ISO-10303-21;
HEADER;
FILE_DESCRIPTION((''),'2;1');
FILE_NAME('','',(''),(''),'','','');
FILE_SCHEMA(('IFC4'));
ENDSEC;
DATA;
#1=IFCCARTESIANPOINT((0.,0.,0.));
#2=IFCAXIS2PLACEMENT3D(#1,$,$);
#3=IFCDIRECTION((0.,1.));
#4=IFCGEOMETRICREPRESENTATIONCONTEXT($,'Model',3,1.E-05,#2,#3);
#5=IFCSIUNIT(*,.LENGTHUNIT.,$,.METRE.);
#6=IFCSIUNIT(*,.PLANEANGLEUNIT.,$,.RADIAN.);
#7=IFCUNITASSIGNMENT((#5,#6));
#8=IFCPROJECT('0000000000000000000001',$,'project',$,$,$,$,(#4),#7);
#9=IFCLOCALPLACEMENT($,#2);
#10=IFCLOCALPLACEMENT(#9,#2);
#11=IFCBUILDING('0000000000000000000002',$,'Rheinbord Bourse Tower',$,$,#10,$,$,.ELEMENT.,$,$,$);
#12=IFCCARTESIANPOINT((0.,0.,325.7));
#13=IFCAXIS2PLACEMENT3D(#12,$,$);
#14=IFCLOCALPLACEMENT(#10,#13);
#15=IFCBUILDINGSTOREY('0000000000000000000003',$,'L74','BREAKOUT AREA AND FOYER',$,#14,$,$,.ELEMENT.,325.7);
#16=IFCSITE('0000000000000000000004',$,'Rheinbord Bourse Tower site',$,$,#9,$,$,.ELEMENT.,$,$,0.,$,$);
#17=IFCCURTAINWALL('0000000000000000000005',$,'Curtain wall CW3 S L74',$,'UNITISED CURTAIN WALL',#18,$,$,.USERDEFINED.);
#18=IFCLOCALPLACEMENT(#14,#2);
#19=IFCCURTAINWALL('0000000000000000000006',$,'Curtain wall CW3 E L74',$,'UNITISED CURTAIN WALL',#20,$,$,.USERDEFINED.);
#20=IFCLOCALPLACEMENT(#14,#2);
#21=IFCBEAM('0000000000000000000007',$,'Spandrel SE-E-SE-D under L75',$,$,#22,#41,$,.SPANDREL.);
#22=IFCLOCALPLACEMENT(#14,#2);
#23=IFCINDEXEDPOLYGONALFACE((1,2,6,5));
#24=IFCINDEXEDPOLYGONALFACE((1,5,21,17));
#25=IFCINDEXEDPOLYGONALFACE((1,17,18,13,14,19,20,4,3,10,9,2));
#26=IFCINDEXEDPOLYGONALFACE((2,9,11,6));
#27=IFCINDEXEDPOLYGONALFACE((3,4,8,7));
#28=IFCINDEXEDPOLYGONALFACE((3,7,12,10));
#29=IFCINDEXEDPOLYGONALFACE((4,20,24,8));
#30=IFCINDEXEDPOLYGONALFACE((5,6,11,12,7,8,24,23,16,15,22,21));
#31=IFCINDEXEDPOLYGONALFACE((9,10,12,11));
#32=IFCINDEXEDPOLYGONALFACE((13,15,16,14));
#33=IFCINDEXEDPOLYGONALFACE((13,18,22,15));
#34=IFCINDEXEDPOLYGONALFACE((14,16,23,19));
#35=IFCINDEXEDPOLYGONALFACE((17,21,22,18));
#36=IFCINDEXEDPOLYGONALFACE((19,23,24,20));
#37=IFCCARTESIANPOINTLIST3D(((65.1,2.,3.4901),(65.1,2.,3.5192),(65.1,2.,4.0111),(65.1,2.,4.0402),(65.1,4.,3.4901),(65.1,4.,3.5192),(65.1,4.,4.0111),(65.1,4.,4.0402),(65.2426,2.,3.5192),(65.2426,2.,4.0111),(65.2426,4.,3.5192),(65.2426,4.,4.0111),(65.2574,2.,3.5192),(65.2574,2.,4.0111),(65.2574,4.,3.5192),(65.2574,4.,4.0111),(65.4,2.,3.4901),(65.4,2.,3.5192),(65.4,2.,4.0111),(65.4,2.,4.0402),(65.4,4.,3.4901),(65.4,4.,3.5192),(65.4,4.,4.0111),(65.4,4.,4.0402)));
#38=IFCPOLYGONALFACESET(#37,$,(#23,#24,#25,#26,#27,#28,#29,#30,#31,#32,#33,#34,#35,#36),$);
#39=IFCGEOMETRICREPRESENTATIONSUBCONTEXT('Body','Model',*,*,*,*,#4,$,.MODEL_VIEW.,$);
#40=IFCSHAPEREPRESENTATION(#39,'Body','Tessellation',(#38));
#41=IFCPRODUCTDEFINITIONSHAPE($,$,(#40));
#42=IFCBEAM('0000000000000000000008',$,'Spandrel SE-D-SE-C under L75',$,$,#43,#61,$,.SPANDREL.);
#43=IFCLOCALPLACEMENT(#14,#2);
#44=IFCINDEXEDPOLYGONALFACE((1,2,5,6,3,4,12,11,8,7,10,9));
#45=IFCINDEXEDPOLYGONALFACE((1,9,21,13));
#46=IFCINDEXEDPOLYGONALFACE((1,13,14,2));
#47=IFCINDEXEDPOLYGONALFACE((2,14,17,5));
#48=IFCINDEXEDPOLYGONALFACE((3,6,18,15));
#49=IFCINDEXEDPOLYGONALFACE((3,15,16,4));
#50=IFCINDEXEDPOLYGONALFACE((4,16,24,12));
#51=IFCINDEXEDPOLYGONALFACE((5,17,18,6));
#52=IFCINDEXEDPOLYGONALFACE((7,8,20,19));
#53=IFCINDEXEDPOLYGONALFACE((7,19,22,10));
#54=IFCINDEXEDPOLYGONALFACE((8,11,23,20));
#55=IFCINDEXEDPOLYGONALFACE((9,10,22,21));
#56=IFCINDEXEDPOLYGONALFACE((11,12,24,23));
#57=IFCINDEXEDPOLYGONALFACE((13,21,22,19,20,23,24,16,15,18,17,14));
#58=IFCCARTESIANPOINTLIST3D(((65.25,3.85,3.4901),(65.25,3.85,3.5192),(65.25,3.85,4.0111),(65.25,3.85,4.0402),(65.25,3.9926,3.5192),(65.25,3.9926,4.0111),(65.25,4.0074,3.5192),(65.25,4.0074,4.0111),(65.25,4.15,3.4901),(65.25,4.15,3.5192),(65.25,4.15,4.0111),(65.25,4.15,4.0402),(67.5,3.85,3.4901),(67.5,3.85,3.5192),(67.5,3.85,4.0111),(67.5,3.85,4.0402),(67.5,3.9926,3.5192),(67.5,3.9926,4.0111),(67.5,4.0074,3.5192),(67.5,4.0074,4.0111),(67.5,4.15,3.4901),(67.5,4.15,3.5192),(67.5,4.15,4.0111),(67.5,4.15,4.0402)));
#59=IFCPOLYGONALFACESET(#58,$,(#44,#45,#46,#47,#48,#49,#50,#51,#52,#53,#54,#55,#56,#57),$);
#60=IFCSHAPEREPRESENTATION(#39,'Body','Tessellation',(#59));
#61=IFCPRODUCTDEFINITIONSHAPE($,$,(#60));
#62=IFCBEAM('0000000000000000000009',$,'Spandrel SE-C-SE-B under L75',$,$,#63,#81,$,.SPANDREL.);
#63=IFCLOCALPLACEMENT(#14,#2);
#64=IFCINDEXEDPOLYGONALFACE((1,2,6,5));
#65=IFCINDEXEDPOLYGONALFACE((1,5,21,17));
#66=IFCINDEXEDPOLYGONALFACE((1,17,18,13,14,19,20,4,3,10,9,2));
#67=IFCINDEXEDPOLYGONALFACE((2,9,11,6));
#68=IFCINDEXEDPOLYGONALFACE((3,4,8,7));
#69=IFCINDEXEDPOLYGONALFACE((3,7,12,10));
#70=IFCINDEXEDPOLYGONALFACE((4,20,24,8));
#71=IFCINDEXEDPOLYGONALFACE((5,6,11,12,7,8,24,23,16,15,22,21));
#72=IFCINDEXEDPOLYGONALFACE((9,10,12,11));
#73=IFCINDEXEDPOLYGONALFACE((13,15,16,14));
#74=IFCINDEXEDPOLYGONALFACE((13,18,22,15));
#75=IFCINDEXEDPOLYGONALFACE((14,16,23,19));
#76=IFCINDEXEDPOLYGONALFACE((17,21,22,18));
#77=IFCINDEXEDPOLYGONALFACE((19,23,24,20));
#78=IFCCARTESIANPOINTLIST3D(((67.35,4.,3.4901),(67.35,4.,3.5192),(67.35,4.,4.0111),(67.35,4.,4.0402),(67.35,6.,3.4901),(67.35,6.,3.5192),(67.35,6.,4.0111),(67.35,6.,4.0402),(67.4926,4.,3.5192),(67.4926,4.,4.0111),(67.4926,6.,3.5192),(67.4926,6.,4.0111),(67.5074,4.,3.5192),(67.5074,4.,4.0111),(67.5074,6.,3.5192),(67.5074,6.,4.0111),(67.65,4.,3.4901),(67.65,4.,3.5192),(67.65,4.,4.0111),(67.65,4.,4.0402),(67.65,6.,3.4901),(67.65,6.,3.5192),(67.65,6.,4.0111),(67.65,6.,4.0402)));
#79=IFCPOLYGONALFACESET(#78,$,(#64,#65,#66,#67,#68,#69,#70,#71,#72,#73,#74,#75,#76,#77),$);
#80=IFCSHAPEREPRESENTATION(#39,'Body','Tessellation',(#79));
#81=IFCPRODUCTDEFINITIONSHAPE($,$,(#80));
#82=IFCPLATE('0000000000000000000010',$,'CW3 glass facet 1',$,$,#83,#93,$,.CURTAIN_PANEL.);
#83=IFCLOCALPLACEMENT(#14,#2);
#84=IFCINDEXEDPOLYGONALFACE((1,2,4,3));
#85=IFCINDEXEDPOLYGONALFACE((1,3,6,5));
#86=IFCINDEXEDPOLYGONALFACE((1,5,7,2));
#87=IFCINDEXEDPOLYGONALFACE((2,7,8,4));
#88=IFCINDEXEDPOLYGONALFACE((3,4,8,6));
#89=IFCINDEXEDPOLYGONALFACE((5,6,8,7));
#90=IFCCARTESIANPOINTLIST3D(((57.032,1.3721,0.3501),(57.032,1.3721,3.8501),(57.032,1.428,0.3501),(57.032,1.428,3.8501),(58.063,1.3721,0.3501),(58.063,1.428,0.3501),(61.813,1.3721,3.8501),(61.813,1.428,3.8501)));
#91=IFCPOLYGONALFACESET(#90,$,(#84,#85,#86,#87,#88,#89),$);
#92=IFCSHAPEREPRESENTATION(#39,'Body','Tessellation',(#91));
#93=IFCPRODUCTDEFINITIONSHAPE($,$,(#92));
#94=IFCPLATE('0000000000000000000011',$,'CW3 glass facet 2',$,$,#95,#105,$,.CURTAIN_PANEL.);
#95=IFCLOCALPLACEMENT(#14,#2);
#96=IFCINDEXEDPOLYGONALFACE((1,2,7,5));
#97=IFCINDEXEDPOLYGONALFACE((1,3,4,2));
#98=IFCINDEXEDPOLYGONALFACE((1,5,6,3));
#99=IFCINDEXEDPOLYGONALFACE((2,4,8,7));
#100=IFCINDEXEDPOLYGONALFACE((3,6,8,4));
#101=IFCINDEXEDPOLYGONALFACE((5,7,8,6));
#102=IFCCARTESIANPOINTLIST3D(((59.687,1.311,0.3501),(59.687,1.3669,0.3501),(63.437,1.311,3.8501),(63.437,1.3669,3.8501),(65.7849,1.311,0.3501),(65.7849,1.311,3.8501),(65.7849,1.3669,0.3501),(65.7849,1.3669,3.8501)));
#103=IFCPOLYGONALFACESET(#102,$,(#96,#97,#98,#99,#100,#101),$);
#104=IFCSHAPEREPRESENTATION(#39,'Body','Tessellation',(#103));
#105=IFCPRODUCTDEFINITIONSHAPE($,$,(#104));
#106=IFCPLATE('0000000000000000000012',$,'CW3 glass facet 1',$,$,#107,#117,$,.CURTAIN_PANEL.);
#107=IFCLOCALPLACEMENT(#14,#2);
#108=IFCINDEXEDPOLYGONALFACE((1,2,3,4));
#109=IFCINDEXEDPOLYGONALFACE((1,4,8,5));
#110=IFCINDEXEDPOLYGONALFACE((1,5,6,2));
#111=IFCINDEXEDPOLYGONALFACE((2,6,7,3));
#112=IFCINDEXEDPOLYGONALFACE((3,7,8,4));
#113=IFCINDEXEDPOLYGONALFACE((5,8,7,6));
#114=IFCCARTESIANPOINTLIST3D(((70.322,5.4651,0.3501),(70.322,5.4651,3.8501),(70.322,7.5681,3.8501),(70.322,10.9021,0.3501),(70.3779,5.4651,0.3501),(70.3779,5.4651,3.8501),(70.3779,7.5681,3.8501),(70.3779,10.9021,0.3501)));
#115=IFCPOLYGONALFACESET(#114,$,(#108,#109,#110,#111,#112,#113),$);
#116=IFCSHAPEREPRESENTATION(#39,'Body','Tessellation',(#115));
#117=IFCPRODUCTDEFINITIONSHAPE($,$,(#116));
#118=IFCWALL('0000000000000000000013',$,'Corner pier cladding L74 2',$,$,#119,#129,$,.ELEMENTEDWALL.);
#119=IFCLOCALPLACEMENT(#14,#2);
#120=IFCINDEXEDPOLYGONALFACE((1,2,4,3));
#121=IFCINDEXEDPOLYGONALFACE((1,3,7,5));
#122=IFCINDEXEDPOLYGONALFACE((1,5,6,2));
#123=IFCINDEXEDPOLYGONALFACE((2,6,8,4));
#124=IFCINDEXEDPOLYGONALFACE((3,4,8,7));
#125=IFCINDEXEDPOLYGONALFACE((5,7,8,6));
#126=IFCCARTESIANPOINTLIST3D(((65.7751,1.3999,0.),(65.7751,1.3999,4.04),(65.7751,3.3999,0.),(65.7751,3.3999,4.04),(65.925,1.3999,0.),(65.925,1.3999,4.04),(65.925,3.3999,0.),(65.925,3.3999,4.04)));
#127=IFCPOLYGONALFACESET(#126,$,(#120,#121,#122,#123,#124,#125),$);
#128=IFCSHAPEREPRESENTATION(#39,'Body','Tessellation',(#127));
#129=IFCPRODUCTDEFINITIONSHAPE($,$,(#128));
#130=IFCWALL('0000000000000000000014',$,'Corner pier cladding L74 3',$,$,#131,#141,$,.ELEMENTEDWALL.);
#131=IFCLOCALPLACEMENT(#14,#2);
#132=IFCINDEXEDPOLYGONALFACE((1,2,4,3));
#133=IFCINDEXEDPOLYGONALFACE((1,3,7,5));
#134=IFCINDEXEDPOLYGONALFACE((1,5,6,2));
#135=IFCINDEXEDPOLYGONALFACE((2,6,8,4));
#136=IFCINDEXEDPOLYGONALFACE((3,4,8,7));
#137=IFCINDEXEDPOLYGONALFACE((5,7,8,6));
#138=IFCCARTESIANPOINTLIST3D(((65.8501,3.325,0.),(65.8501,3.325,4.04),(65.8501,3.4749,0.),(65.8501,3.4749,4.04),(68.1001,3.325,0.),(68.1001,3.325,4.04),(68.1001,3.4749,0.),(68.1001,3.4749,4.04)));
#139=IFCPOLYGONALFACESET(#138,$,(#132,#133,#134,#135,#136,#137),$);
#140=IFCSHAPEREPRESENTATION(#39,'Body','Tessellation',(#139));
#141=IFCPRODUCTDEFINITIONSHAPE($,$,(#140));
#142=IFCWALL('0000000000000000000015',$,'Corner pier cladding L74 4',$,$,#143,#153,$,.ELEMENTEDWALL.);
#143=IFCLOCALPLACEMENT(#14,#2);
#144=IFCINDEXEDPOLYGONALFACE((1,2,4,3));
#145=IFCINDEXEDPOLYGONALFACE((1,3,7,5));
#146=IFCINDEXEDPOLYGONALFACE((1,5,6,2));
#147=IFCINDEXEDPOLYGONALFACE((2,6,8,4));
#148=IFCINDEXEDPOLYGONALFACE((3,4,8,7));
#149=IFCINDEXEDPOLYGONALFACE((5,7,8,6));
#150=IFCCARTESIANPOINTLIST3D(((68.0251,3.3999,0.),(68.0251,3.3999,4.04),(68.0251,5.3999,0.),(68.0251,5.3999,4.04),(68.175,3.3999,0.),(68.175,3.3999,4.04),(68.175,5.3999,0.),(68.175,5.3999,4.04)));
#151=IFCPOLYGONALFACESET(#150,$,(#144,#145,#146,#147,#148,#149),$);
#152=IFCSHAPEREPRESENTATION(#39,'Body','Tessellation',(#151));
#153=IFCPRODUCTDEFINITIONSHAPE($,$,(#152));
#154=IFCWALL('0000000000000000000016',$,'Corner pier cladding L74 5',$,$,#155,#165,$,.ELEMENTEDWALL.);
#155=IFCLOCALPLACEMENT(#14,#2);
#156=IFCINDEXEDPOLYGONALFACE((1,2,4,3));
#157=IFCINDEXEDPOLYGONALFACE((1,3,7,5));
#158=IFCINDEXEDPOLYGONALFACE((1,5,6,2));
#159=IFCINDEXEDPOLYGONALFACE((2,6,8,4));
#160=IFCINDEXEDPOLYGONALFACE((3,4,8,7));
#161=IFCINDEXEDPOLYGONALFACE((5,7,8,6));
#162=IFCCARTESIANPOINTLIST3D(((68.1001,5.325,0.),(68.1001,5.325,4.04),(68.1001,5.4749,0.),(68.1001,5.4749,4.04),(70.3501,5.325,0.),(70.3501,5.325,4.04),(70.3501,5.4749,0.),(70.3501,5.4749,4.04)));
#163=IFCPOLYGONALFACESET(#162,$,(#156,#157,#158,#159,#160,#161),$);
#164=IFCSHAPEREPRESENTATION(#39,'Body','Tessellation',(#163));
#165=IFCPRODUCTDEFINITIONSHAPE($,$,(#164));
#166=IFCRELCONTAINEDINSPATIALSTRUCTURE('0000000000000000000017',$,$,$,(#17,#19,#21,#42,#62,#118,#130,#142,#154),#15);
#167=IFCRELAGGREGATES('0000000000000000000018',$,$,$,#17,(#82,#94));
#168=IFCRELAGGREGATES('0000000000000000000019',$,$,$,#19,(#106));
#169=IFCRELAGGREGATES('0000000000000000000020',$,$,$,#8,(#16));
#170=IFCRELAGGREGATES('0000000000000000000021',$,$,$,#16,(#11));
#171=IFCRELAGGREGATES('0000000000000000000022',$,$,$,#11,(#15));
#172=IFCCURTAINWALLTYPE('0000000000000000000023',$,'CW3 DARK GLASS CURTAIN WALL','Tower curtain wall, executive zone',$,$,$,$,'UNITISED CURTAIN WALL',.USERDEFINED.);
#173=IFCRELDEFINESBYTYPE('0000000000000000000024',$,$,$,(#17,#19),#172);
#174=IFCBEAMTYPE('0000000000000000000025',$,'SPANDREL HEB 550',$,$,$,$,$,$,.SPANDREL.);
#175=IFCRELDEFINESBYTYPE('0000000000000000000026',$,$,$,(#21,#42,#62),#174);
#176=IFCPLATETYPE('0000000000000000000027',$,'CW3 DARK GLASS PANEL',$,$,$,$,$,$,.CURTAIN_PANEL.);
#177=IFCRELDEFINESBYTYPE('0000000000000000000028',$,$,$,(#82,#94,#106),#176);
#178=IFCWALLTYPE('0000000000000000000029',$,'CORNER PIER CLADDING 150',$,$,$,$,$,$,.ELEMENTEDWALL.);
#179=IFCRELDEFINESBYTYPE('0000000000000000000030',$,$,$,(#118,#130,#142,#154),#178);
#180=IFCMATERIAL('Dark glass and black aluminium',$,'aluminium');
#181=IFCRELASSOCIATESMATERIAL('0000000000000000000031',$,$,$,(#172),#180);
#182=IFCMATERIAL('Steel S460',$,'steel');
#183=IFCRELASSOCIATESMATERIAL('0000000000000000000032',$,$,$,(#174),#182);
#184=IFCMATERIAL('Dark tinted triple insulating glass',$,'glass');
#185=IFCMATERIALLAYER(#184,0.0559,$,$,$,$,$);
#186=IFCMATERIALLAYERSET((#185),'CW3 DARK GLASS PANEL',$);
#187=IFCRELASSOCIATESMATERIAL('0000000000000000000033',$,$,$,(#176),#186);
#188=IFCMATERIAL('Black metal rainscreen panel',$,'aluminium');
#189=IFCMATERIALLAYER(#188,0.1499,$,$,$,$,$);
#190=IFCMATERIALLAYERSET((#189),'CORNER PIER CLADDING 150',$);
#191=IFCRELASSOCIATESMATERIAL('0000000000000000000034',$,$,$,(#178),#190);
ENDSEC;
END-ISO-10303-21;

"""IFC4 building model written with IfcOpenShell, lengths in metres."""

from ifc_helpers import new_model, si_unit, direction, frame, frame_2d, origin, origin_2d, place, context, subcontext, project, spatial, polyline, rectangle, i_section, outline, extrude, material, layer, layer_set, material_profile, profile_set, type_object, element, aggregate, save


model = new_model("IFC4")

# Units and contexts
model_context = context("Model", 3, precision=1e-05, world=origin(), true_north=direction((0.0, 1.0)))
body_context = subcontext(model_context, "Body", "Model", "MODEL_VIEW")
ifc_project = project(units=[si_unit("LENGTHUNIT", "METRE"), si_unit("PLANEANGLEUNIT", "RADIAN")], contexts=[model_context])

# Site, building, storey
site_placement = place(None, origin())
site = spatial("IfcSite", under=ifc_project, at=site_placement, Name="Rheinbord Bourse Tower site", CompositionType="ELEMENT", RefElevation=0.0)
building_placement = place(site_placement, origin())
building = spatial("IfcBuilding", under=site, at=building_placement, Name="Rheinbord Bourse Tower", CompositionType="ELEMENT")
storey_placement = place(building_placement, frame((0.0, 0.0, 325.7)))
storey = spatial("IfcBuildingStorey", under=building, at=storey_placement, Name="L74", Description="BREAKOUT AREA AND FOYER", CompositionType="ELEMENT", Elevation=325.7)

# Curtain wall
ifc_material_1 = material(Name="Dark glass and black aluminium", Category="aluminium")
curtain_wall_type = type_object("IfcCurtainWallType", Name="CW3 DARK GLASS CURTAIN WALL", Description="Tower curtain wall, executive zone", ElementType="UNITISED CURTAIN WALL", PredefinedType="USERDEFINED", material=ifc_material_1)
curtain_wall_1_placement = place(storey_placement, origin())
curtain_wall_1 = element("IfcCurtainWall", 1, at=curtain_wall_1_placement, inside=storey, type_object=curtain_wall_type, Name="Curtain wall CW3 S L74", ObjectType="UNITISED CURTAIN WALL", PredefinedType="USERDEFINED")

# Curtain wall
curtain_wall_2_placement = place(storey_placement, origin())
curtain_wall_2 = element("IfcCurtainWall", 2, at=curtain_wall_2_placement, inside=storey, type_object=curtain_wall_type, Name="Curtain wall CW3 E L74", ObjectType="UNITISED CURTAIN WALL", PredefinedType="USERDEFINED")

# Beams
ifc_material_2 = material(Name="Steel S460", Category="steel")
ifc_material_profile_1 = material_profile(ifc_material_2, i_section(OverallWidth=0.3, OverallDepth=0.55, WebThickness=0.0149, FlangeThickness=0.0291, at=origin_2d()), Name="HEB 550")
ifc_profile_set_1 = profile_set([ifc_material_profile_1], Name="Steel S460")
beam_type_1 = type_object("IfcBeamType", Name="SPANDREL HEB 550", PredefinedType="SPANDREL", material=ifc_profile_set_1)
beam_1_placement = place(storey_placement, frame((65.25, 2.0, 3.7651), z_axis=(0.0, 1.0, 0.0), x_axis=(-1.0, 0.0, 0.0)))
element("IfcBeam", 3, at=beam_1_placement, inside=storey, type_object=beam_type_1, Name="Spandrel SE-E-SE-D under L75", PredefinedType="SPANDREL", context=body_context, shape_type="SweptSolid", body=[
    extrude(i_section(OverallWidth=0.3, OverallDepth=0.55, WebThickness=0.0149, FlangeThickness=0.0291, at=origin_2d()), origin(), (0.0, 0.0, 1.0), 2.0),
])
beam_2_placement = place(storey_placement, frame((65.25, 4.0, 3.7651), z_axis=(1.0, 0.0, 0.0), x_axis=(0.0, 1.0, 0.0)))
element("IfcBeam", 4, at=beam_2_placement, inside=storey, type_object=beam_type_1, Name="Spandrel SE-D-SE-C under L75", PredefinedType="SPANDREL", context=body_context, shape_type="SweptSolid", body=[
    extrude(i_section(OverallWidth=0.3, OverallDepth=0.55, WebThickness=0.0149, FlangeThickness=0.0291, at=origin_2d()), origin(), (0.0, 0.0, 1.0), 2.25),
])
beam_3_placement = place(storey_placement, frame((67.5, 4.0, 3.7651), z_axis=(0.0, 1.0, 0.0), x_axis=(-1.0, 0.0, 0.0)))
element("IfcBeam", 5, at=beam_3_placement, inside=storey, type_object=beam_type_1, Name="Spandrel SE-C-SE-B under L75", PredefinedType="SPANDREL", context=body_context, shape_type="SweptSolid", body=[
    extrude(i_section(OverallWidth=0.3, OverallDepth=0.55, WebThickness=0.0149, FlangeThickness=0.0291, at=origin_2d()), origin(), (0.0, 0.0, 1.0), 2.0),
])

# Plates
ifc_material_3 = material(Name="Dark tinted triple insulating glass", Category="glass")
ifc_layer_1 = layer(ifc_material_3, 0.0559)
ifc_layer_set_1 = layer_set([ifc_layer_1], Name="CW3 DARK GLASS PANEL")
plate_type = type_object("IfcPlateType", Name="CW3 DARK GLASS PANEL", PredefinedType="CURTAIN_PANEL", material=ifc_layer_set_1)
plate_1_placement = place(storey_placement, frame((57.032, 1.3721, 0.3501), z_axis=(0.0, 1.0, 0.0), x_axis=(0.0, 0.0, 1.0)))
plate_1 = element("IfcPlate", 6, at=plate_1_placement, type_object=plate_type, Name="CW3 glass facet 1", PredefinedType="CURTAIN_PANEL", context=body_context, shape_type="SweptSolid", body=[
    extrude(outline(polyline([(0.0, 0.0), (3.5, 0.0), (3.5, 4.781), (0.0, 1.031), (0.0, 0.0)])), origin(), (0.0, 0.0, 1.0), 0.0559),
])
plate_2_placement = place(storey_placement, frame((65.7849, 1.311, 3.8501), z_axis=(0.0, 1.0, 0.0), x_axis=(0.0, 0.0, -1.0)))
plate_2 = element("IfcPlate", 7, at=plate_2_placement, type_object=plate_type, Name="CW3 glass facet 2", PredefinedType="CURTAIN_PANEL", context=body_context, shape_type="SweptSolid", body=[
    extrude(outline(polyline([(0.0, 0.0), (3.5, 0.0), (3.5, 6.0979), (0.0, 2.3479), (0.0, 0.0)])), origin(), (0.0, 0.0, 1.0), 0.0559),
])
aggregate(curtain_wall_1, [plate_1, plate_2])
plate_3_placement = place(storey_placement, frame((70.3779, 5.4651, 0.3501), z_axis=(-1.0, 0.0, 0.0), x_axis=(0.0, 0.0, 1.0)))
plate_3 = element("IfcPlate", 8, at=plate_3_placement, type_object=plate_type, Name="CW3 glass facet 1", PredefinedType="CURTAIN_PANEL", context=body_context, shape_type="SweptSolid", body=[
    extrude(outline(polyline([(0.0, 0.0), (3.5, 0.0), (3.5, 2.103), (0.0, 5.437), (0.0, 0.0)])), origin(), (0.0, 0.0, 1.0), 0.0559),
])
aggregate(curtain_wall_2, [plate_3])

# Walls
ifc_material_4 = material(Name="Black metal rainscreen panel", Category="aluminium")
ifc_layer_2 = layer(ifc_material_4, 0.1499)
ifc_layer_set_2 = layer_set([ifc_layer_2], Name="CORNER PIER CLADDING 150")
wall_type = type_object("IfcWallType", Name="CORNER PIER CLADDING 150", PredefinedType="ELEMENTEDWALL", material=ifc_layer_set_2)
wall_1_placement = place(storey_placement, frame((65.8501, 1.3999, 0.0), z_axis=(0.0, 0.0, 1.0), x_axis=(0.0, 1.0, 0.0)))
element("IfcWall", 9, at=wall_1_placement, inside=storey, type_object=wall_type, Name="Corner pier cladding L74 2", PredefinedType="ELEMENTEDWALL", context=body_context, shape_type="SweptSolid", body=[
    extrude(rectangle(XDim=2.0, YDim=0.1499, at=frame_2d((1.0, 0.0))), origin(), (0.0, 0.0, 1.0), 4.04),
])
wall_2_placement = place(storey_placement, frame((65.8501, 3.3999, 0.0), z_axis=(0.0, 0.0, 1.0), x_axis=(1.0, 0.0, 0.0)))
element("IfcWall", 10, at=wall_2_placement, inside=storey, type_object=wall_type, Name="Corner pier cladding L74 3", PredefinedType="ELEMENTEDWALL", context=body_context, shape_type="SweptSolid", body=[
    extrude(rectangle(XDim=2.25, YDim=0.1499, at=frame_2d((1.125, 0.0))), origin(), (0.0, 0.0, 1.0), 4.04),
])
wall_3_placement = place(storey_placement, frame((68.1001, 3.3999, 0.0), z_axis=(0.0, 0.0, 1.0), x_axis=(0.0, 1.0, 0.0)))
element("IfcWall", 11, at=wall_3_placement, inside=storey, type_object=wall_type, Name="Corner pier cladding L74 4", PredefinedType="ELEMENTEDWALL", context=body_context, shape_type="SweptSolid", body=[
    extrude(rectangle(XDim=2.0, YDim=0.1499, at=frame_2d((1.0, 0.0))), origin(), (0.0, 0.0, 1.0), 4.04),
])
wall_4_placement = place(storey_placement, frame((68.1001, 5.3999, 0.0), z_axis=(0.0, 0.0, 1.0), x_axis=(1.0, 0.0, 0.0)))
element("IfcWall", 12, at=wall_4_placement, inside=storey, type_object=wall_type, Name="Corner pier cladding L74 5", PredefinedType="ELEMENTEDWALL", context=body_context, shape_type="SweptSolid", body=[
    extrude(rectangle(XDim=2.25, YDim=0.1499, at=frame_2d((1.125, 0.0))), origin(), (0.0, 0.0, 1.0), 4.04),
])

save(model, "model.ifc")
